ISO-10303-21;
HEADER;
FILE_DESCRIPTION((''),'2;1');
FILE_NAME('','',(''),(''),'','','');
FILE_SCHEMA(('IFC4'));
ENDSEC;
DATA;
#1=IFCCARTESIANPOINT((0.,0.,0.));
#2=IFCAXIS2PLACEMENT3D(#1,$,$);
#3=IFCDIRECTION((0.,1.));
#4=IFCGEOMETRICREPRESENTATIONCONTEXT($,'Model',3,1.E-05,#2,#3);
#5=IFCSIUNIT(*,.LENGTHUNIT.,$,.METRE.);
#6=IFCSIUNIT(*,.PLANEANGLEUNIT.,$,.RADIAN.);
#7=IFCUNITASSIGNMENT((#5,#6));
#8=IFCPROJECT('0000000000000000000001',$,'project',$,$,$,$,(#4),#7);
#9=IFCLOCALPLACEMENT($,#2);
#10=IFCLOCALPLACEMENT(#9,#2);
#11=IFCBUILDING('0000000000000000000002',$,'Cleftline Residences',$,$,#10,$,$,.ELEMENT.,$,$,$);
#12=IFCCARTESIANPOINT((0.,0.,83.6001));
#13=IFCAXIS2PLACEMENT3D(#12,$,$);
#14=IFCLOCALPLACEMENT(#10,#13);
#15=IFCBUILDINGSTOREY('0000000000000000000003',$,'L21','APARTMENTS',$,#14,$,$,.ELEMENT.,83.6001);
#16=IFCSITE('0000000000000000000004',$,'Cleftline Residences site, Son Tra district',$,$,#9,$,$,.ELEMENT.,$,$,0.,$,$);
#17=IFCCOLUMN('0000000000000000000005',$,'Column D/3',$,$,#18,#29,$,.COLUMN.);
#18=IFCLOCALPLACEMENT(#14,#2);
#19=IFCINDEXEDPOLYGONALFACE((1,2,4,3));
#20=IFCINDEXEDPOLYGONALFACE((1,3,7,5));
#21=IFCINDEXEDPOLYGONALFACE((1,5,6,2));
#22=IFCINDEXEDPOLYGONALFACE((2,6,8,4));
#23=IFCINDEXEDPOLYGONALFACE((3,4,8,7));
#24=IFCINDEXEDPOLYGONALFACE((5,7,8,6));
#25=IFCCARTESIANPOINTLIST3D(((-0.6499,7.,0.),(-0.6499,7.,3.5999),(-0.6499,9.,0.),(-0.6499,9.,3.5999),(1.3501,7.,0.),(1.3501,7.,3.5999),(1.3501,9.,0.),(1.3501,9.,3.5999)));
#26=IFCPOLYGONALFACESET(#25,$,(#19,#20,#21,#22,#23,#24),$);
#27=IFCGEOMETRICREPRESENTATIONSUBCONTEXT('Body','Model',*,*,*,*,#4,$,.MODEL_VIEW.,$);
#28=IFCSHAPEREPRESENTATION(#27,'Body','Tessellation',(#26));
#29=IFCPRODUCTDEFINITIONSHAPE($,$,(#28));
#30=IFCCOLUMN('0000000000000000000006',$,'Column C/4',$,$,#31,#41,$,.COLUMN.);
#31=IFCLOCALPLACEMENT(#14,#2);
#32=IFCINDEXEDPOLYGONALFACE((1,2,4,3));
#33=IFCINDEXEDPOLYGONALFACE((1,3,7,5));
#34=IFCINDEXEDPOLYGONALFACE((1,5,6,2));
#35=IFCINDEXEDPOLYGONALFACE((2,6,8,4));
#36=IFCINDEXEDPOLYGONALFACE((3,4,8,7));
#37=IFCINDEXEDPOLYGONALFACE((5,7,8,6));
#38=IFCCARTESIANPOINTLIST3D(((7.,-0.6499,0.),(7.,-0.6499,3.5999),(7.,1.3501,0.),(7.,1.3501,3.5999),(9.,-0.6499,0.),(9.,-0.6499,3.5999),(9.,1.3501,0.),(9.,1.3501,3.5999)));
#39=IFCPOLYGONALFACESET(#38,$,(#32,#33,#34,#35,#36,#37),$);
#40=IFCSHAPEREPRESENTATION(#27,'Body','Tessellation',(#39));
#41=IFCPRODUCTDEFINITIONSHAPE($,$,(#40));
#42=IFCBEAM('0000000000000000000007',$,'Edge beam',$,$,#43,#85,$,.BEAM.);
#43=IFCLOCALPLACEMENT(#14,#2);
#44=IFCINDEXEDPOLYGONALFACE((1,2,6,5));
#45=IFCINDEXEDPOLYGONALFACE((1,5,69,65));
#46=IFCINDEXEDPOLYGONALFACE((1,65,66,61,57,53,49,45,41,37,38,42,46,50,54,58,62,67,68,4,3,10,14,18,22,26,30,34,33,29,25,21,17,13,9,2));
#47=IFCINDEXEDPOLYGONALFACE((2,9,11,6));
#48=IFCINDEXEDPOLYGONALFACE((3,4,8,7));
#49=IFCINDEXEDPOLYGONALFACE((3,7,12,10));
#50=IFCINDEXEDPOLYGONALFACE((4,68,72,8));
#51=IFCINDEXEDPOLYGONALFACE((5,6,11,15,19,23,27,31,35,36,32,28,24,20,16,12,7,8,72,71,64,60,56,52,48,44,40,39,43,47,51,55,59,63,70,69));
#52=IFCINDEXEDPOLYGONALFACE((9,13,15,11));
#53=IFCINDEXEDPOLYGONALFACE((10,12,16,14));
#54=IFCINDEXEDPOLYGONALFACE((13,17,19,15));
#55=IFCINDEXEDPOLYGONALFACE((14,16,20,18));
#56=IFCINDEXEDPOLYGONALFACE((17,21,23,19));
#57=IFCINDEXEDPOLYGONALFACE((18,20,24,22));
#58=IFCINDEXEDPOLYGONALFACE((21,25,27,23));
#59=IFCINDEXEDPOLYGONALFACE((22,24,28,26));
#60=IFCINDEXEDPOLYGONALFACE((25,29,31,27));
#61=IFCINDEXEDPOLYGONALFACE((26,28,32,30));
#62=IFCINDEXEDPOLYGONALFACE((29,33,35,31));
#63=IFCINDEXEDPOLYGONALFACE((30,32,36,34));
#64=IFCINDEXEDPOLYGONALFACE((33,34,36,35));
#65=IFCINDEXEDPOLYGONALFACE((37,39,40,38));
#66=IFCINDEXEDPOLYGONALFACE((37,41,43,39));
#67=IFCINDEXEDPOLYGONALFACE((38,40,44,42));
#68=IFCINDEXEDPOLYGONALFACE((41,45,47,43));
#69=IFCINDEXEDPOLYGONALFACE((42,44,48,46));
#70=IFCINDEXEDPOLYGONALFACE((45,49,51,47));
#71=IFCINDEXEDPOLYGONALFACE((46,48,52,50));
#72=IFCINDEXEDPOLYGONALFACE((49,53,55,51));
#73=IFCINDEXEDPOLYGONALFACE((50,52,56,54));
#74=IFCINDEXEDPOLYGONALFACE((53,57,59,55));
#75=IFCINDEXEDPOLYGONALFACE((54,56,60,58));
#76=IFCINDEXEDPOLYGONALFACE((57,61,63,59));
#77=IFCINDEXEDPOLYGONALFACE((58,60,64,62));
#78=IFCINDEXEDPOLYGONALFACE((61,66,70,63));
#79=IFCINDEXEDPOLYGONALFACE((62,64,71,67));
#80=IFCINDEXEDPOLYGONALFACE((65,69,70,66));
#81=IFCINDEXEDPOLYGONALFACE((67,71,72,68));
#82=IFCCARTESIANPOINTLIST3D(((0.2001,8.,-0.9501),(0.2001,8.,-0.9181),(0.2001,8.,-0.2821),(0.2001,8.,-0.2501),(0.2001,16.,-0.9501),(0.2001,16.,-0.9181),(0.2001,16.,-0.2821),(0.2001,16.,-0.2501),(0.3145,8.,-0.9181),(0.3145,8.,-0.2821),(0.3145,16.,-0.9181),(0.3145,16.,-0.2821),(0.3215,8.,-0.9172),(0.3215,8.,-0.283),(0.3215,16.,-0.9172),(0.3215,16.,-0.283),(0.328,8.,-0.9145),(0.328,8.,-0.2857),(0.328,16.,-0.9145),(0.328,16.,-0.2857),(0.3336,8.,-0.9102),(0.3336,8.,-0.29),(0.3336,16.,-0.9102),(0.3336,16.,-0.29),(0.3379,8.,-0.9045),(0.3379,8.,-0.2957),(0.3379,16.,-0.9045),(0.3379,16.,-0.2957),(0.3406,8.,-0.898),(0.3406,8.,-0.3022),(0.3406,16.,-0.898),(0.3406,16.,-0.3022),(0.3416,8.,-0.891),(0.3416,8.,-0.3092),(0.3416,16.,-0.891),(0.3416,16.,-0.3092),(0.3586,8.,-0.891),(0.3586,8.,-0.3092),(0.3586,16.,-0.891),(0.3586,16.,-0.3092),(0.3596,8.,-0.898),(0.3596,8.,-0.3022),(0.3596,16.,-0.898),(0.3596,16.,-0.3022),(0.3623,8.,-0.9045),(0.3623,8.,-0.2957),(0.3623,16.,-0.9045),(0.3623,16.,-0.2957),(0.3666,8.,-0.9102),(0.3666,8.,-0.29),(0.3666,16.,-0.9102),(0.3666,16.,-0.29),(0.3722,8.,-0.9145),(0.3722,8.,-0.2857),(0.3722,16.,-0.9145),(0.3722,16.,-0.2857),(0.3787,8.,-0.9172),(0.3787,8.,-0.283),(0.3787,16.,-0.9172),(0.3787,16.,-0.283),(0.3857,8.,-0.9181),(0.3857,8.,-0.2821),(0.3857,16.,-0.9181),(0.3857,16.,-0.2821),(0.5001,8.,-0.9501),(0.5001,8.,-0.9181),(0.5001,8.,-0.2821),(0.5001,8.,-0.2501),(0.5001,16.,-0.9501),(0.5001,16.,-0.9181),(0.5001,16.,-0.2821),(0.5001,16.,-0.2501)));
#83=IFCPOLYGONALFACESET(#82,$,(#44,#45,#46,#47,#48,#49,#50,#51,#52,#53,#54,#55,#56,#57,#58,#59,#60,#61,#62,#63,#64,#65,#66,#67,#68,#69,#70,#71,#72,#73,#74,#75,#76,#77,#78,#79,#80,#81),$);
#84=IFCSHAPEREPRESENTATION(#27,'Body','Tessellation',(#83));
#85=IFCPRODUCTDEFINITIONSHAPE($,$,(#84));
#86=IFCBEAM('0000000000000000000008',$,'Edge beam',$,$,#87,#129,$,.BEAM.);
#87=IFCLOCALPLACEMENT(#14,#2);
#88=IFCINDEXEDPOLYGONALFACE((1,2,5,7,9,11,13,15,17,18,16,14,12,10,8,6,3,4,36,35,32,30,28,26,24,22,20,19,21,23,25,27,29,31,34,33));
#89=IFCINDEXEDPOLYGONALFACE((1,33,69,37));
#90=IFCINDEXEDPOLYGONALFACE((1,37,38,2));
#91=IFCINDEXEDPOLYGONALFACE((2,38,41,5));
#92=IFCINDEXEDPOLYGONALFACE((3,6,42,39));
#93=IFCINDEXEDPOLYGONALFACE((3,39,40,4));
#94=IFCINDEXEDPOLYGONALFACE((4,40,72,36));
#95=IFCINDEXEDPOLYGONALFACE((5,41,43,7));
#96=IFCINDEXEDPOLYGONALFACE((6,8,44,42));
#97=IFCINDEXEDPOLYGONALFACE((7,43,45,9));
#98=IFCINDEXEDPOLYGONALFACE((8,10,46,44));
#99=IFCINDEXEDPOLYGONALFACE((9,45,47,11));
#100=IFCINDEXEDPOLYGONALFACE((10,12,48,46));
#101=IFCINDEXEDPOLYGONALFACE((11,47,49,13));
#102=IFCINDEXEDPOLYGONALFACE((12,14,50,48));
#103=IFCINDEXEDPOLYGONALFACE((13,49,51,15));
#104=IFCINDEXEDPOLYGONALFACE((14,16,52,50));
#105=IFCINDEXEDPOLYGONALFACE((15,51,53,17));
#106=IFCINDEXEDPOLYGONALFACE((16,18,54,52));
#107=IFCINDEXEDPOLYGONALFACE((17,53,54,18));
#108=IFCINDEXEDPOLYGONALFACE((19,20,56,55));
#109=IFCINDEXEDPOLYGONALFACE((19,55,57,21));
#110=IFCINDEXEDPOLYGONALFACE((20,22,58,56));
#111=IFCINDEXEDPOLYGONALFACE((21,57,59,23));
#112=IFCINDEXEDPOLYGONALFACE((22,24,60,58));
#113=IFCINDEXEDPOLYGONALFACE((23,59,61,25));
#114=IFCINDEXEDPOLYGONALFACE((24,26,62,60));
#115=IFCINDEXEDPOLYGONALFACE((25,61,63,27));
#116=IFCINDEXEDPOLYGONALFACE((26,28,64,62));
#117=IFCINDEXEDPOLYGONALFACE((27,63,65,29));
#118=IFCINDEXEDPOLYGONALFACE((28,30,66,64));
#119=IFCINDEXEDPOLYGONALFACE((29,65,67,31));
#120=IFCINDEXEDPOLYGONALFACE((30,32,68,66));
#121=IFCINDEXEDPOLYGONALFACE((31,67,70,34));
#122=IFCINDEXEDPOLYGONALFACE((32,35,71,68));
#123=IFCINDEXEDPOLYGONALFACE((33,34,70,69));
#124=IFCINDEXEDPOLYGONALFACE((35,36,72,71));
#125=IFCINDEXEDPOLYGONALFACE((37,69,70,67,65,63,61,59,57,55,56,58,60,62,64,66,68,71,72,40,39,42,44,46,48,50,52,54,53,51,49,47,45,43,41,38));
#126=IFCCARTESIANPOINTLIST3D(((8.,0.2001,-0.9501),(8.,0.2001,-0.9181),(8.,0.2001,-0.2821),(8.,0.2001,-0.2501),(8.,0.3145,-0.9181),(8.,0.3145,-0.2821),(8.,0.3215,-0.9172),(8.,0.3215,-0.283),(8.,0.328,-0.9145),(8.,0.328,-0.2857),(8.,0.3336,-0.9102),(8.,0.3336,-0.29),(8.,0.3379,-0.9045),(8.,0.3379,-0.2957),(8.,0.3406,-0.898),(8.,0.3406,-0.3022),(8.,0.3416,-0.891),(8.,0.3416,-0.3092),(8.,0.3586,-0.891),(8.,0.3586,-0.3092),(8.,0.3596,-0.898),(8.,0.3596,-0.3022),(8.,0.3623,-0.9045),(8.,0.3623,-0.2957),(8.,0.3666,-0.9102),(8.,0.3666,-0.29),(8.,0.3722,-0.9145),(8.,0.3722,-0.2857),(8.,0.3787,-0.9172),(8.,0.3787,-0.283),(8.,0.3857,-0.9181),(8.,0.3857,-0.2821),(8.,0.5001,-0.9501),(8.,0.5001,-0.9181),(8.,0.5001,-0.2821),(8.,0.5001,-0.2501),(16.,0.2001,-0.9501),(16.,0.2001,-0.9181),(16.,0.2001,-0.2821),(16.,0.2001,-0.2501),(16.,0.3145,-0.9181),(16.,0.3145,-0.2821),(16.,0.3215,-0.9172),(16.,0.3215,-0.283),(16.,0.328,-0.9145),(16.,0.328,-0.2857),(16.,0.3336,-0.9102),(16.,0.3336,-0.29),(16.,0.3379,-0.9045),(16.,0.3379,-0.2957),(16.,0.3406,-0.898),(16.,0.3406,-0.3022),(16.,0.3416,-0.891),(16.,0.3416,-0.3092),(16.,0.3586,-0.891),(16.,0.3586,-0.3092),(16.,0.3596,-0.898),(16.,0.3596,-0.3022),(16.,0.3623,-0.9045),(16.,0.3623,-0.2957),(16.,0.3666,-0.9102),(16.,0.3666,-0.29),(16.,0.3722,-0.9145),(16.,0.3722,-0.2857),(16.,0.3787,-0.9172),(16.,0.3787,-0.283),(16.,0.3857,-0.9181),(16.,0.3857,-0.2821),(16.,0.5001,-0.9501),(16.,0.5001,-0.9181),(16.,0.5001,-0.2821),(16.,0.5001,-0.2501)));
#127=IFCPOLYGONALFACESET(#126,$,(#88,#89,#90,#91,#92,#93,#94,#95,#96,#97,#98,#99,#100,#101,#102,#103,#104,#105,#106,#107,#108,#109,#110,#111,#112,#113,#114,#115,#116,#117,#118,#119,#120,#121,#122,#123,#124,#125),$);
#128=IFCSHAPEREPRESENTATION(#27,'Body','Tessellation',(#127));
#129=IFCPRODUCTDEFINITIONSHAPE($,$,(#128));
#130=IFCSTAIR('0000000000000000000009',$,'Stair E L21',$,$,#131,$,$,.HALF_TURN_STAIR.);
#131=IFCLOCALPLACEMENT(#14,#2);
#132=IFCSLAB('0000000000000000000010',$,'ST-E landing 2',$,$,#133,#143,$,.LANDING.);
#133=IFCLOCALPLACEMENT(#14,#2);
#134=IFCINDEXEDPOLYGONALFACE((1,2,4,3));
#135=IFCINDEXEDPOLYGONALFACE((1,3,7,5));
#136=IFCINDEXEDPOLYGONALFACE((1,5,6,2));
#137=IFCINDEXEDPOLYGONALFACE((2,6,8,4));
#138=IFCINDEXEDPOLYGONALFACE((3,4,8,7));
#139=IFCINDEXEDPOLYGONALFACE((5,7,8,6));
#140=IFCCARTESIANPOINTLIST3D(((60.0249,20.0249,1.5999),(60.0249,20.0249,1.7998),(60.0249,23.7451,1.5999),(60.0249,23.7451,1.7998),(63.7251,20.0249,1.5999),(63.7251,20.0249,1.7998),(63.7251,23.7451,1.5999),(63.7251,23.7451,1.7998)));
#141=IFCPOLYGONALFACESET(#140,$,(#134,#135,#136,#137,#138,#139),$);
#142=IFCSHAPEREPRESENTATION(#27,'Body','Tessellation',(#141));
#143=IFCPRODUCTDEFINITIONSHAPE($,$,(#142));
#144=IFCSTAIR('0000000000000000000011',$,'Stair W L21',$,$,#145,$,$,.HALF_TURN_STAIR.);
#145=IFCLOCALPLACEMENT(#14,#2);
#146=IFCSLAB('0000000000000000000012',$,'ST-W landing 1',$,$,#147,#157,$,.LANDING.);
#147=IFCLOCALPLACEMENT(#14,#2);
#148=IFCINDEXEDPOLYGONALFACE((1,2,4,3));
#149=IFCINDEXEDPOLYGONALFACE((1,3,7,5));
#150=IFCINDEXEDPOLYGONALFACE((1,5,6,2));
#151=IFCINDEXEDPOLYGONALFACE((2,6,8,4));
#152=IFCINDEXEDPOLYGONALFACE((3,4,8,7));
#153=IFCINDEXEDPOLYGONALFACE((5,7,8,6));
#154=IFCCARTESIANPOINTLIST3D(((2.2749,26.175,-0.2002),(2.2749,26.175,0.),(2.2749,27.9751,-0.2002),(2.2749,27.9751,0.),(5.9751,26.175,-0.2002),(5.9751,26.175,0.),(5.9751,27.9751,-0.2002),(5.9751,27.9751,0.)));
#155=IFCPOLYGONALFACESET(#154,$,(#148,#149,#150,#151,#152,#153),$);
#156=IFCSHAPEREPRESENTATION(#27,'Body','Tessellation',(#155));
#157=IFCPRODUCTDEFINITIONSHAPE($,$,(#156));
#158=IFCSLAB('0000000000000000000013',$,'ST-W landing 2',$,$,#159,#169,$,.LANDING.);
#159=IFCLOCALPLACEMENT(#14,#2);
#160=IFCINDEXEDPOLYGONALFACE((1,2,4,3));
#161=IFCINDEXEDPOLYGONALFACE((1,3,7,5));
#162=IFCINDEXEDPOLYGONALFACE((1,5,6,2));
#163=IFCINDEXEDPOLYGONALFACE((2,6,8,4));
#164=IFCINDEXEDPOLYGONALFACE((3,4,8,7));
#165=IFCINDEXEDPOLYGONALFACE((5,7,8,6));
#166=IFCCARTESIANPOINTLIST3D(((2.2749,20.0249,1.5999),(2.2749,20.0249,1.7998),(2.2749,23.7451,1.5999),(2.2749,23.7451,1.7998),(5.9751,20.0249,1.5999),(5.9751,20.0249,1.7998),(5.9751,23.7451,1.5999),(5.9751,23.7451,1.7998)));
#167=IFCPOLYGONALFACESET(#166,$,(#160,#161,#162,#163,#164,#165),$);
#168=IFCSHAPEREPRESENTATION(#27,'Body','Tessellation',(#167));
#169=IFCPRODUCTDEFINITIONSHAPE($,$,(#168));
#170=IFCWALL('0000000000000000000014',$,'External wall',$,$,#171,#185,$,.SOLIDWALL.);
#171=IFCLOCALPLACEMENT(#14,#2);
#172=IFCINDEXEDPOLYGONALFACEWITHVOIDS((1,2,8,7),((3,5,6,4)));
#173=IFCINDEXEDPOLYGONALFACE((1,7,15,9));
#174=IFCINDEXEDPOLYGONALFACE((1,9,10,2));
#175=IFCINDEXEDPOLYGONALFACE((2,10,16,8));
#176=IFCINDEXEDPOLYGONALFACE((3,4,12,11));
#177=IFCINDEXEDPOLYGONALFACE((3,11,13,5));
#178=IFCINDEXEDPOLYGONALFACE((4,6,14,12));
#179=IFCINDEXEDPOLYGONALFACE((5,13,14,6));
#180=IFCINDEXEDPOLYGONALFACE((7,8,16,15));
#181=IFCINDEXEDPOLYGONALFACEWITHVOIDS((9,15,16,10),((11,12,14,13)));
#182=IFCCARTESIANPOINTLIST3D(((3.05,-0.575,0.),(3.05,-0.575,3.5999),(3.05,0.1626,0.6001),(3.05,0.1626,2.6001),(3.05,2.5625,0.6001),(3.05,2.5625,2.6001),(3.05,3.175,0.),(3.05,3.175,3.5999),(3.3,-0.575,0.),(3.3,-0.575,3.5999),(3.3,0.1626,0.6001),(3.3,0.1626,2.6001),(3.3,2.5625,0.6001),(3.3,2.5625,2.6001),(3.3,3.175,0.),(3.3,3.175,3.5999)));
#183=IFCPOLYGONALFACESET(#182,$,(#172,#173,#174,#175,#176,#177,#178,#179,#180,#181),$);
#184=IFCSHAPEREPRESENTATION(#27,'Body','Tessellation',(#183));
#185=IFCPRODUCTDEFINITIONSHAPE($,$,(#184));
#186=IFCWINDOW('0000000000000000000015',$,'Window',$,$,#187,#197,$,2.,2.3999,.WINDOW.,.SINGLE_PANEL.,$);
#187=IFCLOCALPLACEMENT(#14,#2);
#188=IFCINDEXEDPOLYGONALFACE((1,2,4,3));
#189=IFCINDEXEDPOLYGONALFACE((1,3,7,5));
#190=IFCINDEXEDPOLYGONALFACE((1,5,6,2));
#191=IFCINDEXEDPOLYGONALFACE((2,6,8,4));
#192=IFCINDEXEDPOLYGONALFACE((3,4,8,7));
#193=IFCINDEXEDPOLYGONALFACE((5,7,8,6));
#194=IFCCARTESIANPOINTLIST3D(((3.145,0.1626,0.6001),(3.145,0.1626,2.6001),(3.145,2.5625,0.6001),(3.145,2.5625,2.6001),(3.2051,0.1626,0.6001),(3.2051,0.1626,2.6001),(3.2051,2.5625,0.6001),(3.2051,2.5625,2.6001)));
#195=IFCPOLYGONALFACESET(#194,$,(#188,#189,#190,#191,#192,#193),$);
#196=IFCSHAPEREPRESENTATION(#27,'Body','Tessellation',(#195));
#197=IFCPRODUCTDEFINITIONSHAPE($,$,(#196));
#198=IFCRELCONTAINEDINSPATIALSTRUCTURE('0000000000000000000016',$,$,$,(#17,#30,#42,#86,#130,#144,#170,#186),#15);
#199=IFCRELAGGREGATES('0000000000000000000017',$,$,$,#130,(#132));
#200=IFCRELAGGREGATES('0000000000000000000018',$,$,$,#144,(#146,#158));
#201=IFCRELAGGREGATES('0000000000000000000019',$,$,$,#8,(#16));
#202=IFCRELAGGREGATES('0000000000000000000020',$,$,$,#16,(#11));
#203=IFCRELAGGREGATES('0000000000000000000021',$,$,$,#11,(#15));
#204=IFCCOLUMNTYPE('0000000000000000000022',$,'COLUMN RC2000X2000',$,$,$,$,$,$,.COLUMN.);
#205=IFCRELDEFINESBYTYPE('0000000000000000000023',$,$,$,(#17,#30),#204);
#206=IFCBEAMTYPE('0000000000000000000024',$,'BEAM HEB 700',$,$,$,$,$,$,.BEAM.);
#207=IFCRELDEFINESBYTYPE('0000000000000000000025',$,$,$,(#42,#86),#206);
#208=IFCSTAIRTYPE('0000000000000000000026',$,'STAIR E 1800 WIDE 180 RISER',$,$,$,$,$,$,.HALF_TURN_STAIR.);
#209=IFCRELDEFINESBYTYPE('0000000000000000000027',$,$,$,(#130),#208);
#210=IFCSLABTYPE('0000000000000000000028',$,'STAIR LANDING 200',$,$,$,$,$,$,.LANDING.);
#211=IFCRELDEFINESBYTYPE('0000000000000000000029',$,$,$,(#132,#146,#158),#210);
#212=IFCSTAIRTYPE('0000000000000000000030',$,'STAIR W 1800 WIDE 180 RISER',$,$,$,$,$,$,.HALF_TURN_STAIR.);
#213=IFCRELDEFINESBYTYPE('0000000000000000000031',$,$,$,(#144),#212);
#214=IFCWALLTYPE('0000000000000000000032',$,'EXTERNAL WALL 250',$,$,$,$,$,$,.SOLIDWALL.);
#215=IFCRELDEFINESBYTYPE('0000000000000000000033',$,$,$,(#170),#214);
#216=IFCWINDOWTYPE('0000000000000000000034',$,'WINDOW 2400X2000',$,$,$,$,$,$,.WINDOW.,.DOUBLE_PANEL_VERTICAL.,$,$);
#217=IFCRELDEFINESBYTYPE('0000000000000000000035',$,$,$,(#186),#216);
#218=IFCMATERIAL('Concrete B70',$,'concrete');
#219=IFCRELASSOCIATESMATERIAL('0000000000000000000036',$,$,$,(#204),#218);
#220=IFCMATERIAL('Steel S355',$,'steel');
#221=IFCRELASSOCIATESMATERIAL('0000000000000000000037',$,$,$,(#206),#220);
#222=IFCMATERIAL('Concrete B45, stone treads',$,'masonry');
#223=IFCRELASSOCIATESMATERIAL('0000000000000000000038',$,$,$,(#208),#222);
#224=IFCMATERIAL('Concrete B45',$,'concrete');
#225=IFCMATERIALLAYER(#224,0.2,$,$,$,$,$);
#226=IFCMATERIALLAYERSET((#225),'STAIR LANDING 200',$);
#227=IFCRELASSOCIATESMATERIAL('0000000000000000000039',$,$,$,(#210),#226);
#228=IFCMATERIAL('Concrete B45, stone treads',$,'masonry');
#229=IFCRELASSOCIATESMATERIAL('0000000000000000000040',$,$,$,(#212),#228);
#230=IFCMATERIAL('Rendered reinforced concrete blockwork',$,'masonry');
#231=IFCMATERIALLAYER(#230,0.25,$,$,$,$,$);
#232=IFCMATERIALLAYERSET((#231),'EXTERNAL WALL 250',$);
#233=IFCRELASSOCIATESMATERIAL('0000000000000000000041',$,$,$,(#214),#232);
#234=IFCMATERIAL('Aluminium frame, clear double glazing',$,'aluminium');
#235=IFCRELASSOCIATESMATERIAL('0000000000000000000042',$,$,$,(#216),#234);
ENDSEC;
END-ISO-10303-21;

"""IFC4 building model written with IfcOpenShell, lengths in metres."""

from ifc_helpers import new_model, si_unit, direction, frame, frame_2d, origin, origin_2d, place, context, subcontext, project, spatial, polyline, rectangle, i_section, outline, extrude, material, layer, layer_set, material_profile, profile_set, type_object, element, fill, aggregate, save


model = new_model("IFC4")

# Units and contexts
model_context = context("Model", 3, precision=1e-05, world=origin(), true_north=direction((0.0, 1.0)))
body_context = subcontext(model_context, "Body", "Model", "MODEL_VIEW")
ifc_project = project(units=[si_unit("LENGTHUNIT", "METRE"), si_unit("PLANEANGLEUNIT", "RADIAN")], contexts=[model_context])

# Site, building, storey
site_placement = place(None, origin())
site = spatial("IfcSite", under=ifc_project, at=site_placement, Name="Cleftline Residences site, Son Tra district", CompositionType="ELEMENT", RefElevation=0.0)
building_placement = place(site_placement, origin())
building = spatial("IfcBuilding", under=site, at=building_placement, Name="Cleftline Residences", CompositionType="ELEMENT")
storey_placement = place(building_placement, frame((0.0, 0.0, 83.6001)))
storey = spatial("IfcBuildingStorey", under=building, at=storey_placement, Name="L21", Description="APARTMENTS", CompositionType="ELEMENT", Elevation=83.6001)

# Columns
ifc_material_1 = material(Name="Concrete B70", Category="concrete")
ifc_material_profile_1 = material_profile(ifc_material_1, rectangle(XDim=2.0, YDim=2.0, at=origin_2d()))
ifc_profile_set_1 = profile_set([ifc_material_profile_1], Name="Concrete B70")
column_type = type_object("IfcColumnType", Name="COLUMN RC2000X2000", PredefinedType="COLUMN", material=ifc_profile_set_1)
for number, where, z_axis, x_axis, name in (
    (1, (0.3501, 8.0, 0.0), (0.0, 0.0, 1.0), (1.0, 0.0, 0.0), "Column D/3"),
    (2, (8.0, 0.3501, 0.0), (0.0, 0.0, 1.0), (1.0, 0.0, 0.0), "Column C/4"),
):
    element("IfcColumn", number, at=place(storey_placement, frame(where, z_axis=z_axis, x_axis=x_axis)), inside=storey, type_object=column_type, Name=name, PredefinedType="COLUMN", context=body_context, shape_type="SweptSolid", body=[
        extrude(rectangle(XDim=2.0, YDim=2.0, at=origin_2d()), origin(), (0.0, 0.0, 1.0), 3.5999),
    ])

# Beams
ifc_material_2 = material(Name="Steel S355", Category="steel")
ifc_material_profile_2 = material_profile(ifc_material_2, i_section(OverallWidth=0.3, OverallDepth=0.7, WebThickness=0.0171, FlangeThickness=0.032, FilletRadius=0.0271, at=origin_2d()))
ifc_profile_set_2 = profile_set([ifc_material_profile_2], Name="Steel S355")
beam_type = type_object("IfcBeamType", Name="BEAM HEB 700", PredefinedType="BEAM", material=ifc_profile_set_2)
for number, where, z_axis, x_axis, name in (
    (3, (0.3501, 8.0, -0.6001), (0.0, 1.0, 0.0), (-1.0, 0.0, 0.0), "Edge beam"),
    (4, (8.0, 0.3501, -0.6001), (1.0, 0.0, 0.0), (0.0, 1.0, 0.0), "Edge beam"),
):
    element("IfcBeam", number, at=place(storey_placement, frame(where, z_axis=z_axis, x_axis=x_axis)), inside=storey, type_object=beam_type, Name=name, PredefinedType="BEAM", context=body_context, shape_type="SweptSolid", body=[
        extrude(i_section(OverallWidth=0.3, OverallDepth=0.7, WebThickness=0.0171, FlangeThickness=0.032, FilletRadius=0.0271, at=origin_2d()), origin(), (0.0, 0.0, 1.0), 8.0),
    ])

# Stair, slab
ifc_material_3 = material(Name="Concrete B45, stone treads", Category="masonry")
stair_type_1 = type_object("IfcStairType", Name="STAIR E 1800 WIDE 180 RISER", PredefinedType="HALF_TURN_STAIR", material=ifc_material_3)
stair_1_placement = place(storey_placement, origin())
stair_1 = element("IfcStair", 5, at=stair_1_placement, inside=storey, type_object=stair_type_1, Name="Stair E L21", PredefinedType="HALF_TURN_STAIR")
ifc_material_4 = material(Name="Concrete B45", Category="concrete")
ifc_layer_1 = layer(ifc_material_4, 0.2)
ifc_layer_set_1 = layer_set([ifc_layer_1], Name="STAIR LANDING 200")
slab_type = type_object("IfcSlabType", Name="STAIR LANDING 200", PredefinedType="LANDING", material=ifc_layer_set_1)
slab_1_placement = place(storey_placement, frame((0.0, 0.0, 1.5999)))
slab_1 = element("IfcSlab", 6, at=slab_1_placement, type_object=slab_type, Name="ST-E landing 2", PredefinedType="LANDING", context=body_context, shape_type="SweptSolid", body=[
    extrude(outline(polyline([(60.0249, 20.0249), (63.7251, 20.0249), (63.7251, 23.7451), (60.0249, 23.7451), (60.0249, 20.0249)])), origin(), (0.0, 0.0, 1.0), 0.2),
])
aggregate(stair_1, [slab_1])

# Stair, slabs
ifc_material_5 = material(Name="Concrete B45, stone treads", Category="masonry")
stair_type_2 = type_object("IfcStairType", Name="STAIR W 1800 WIDE 180 RISER", PredefinedType="HALF_TURN_STAIR", material=ifc_material_5)
stair_2_placement = place(storey_placement, origin())
stair_2 = element("IfcStair", 7, at=stair_2_placement, inside=storey, type_object=stair_type_2, Name="Stair W L21", PredefinedType="HALF_TURN_STAIR")
slab_2_placement = place(storey_placement, frame((0.0, 0.0, -0.2002)))
slab_2 = element("IfcSlab", 8, at=slab_2_placement, type_object=slab_type, Name="ST-W landing 1", PredefinedType="LANDING", context=body_context, shape_type="SweptSolid", body=[
    extrude(outline(polyline([(2.2749, 26.175), (5.9751, 26.175), (5.9751, 27.9751), (2.2749, 27.9751), (2.2749, 26.175)])), origin(), (0.0, 0.0, 1.0), 0.2002),
])
slab_3_placement = place(storey_placement, frame((0.0, 0.0, 1.5999)))
slab_3 = element("IfcSlab", 9, at=slab_3_placement, type_object=slab_type, Name="ST-W landing 2", PredefinedType="LANDING", context=body_context, shape_type="SweptSolid", body=[
    extrude(outline(polyline([(2.2749, 20.0249), (5.9751, 20.0249), (5.9751, 23.7451), (2.2749, 23.7451), (2.2749, 20.0249)])), origin(), (0.0, 0.0, 1.0), 0.2),
])
aggregate(stair_2, [slab_2, slab_3])

# Wall, opening, window
ifc_material_6 = material(Name="Rendered reinforced concrete blockwork", Category="masonry")
ifc_layer_2 = layer(ifc_material_6, 0.25)
ifc_layer_set_2 = layer_set([ifc_layer_2], Name="EXTERNAL WALL 250")
wall_type_1 = type_object("IfcWallType", Name="EXTERNAL WALL 250", PredefinedType="SOLIDWALL", material=ifc_layer_set_2)
wall_1_placement = place(storey_placement, frame((3.175, 3.175, 0.0), z_axis=(0.0, 0.0, 1.0), x_axis=(0.0, -1.0, 0.0)))
wall_1 = element("IfcWall", 10, at=wall_1_placement, inside=storey, type_object=wall_type_1, Name="External wall", PredefinedType="SOLIDWALL", context=body_context, shape_type="SweptSolid", body=[
    extrude(rectangle(XDim=3.75, YDim=0.25, at=frame_2d((1.875, 0.0))), origin(), (0.0, 0.0, 1.0), 3.5999),
])
opening_1_placement = place(wall_1_placement, frame((0.6125, 0.0, 0.6001)))
opening_1 = element("IfcOpeningElement", 11, at=opening_1_placement, cuts=wall_1, PredefinedType="OPENING", context=body_context, shape_type="SweptSolid", body=[
    extrude(rectangle(XDim=2.3999, YDim=2.0, at=frame_2d((1.2, 1.0))), frame((0.0, 0.135, 0.0), z_axis=(0.0, -1.0, 0.0), x_axis=(1.0, 0.0, 0.0)), (0.0, 0.0, 1.0), 0.27),
])
ifc_material_7 = material(Name="Aluminium frame, clear double glazing", Category="aluminium")
window_type_1 = type_object("IfcWindowType", Name="WINDOW 2400X2000", PartitioningType="DOUBLE_PANEL_VERTICAL", PredefinedType="WINDOW", material=ifc_material_7)
window_1_placement = place(opening_1_placement, origin())
window_1 = element("IfcWindow", 12, at=window_1_placement, inside=storey, type_object=window_type_1, Name="Window", OverallHeight=2.0, OverallWidth=2.3999, PartitioningType="SINGLE_PANEL", PredefinedType="WINDOW", context=body_context, shape_type="SweptSolid", body=[
    extrude(rectangle(XDim=2.3999, YDim=2.0, at=frame_2d((1.2, 1.0))), frame((0.0, 0.03, 0.0), z_axis=(0.0, -1.0, 0.0), x_axis=(1.0, 0.0, 0.0)), (0.0, 0.0, 1.0), 0.0601),
])
fill(opening_1, window_1)

save(model, "model.ifc")
